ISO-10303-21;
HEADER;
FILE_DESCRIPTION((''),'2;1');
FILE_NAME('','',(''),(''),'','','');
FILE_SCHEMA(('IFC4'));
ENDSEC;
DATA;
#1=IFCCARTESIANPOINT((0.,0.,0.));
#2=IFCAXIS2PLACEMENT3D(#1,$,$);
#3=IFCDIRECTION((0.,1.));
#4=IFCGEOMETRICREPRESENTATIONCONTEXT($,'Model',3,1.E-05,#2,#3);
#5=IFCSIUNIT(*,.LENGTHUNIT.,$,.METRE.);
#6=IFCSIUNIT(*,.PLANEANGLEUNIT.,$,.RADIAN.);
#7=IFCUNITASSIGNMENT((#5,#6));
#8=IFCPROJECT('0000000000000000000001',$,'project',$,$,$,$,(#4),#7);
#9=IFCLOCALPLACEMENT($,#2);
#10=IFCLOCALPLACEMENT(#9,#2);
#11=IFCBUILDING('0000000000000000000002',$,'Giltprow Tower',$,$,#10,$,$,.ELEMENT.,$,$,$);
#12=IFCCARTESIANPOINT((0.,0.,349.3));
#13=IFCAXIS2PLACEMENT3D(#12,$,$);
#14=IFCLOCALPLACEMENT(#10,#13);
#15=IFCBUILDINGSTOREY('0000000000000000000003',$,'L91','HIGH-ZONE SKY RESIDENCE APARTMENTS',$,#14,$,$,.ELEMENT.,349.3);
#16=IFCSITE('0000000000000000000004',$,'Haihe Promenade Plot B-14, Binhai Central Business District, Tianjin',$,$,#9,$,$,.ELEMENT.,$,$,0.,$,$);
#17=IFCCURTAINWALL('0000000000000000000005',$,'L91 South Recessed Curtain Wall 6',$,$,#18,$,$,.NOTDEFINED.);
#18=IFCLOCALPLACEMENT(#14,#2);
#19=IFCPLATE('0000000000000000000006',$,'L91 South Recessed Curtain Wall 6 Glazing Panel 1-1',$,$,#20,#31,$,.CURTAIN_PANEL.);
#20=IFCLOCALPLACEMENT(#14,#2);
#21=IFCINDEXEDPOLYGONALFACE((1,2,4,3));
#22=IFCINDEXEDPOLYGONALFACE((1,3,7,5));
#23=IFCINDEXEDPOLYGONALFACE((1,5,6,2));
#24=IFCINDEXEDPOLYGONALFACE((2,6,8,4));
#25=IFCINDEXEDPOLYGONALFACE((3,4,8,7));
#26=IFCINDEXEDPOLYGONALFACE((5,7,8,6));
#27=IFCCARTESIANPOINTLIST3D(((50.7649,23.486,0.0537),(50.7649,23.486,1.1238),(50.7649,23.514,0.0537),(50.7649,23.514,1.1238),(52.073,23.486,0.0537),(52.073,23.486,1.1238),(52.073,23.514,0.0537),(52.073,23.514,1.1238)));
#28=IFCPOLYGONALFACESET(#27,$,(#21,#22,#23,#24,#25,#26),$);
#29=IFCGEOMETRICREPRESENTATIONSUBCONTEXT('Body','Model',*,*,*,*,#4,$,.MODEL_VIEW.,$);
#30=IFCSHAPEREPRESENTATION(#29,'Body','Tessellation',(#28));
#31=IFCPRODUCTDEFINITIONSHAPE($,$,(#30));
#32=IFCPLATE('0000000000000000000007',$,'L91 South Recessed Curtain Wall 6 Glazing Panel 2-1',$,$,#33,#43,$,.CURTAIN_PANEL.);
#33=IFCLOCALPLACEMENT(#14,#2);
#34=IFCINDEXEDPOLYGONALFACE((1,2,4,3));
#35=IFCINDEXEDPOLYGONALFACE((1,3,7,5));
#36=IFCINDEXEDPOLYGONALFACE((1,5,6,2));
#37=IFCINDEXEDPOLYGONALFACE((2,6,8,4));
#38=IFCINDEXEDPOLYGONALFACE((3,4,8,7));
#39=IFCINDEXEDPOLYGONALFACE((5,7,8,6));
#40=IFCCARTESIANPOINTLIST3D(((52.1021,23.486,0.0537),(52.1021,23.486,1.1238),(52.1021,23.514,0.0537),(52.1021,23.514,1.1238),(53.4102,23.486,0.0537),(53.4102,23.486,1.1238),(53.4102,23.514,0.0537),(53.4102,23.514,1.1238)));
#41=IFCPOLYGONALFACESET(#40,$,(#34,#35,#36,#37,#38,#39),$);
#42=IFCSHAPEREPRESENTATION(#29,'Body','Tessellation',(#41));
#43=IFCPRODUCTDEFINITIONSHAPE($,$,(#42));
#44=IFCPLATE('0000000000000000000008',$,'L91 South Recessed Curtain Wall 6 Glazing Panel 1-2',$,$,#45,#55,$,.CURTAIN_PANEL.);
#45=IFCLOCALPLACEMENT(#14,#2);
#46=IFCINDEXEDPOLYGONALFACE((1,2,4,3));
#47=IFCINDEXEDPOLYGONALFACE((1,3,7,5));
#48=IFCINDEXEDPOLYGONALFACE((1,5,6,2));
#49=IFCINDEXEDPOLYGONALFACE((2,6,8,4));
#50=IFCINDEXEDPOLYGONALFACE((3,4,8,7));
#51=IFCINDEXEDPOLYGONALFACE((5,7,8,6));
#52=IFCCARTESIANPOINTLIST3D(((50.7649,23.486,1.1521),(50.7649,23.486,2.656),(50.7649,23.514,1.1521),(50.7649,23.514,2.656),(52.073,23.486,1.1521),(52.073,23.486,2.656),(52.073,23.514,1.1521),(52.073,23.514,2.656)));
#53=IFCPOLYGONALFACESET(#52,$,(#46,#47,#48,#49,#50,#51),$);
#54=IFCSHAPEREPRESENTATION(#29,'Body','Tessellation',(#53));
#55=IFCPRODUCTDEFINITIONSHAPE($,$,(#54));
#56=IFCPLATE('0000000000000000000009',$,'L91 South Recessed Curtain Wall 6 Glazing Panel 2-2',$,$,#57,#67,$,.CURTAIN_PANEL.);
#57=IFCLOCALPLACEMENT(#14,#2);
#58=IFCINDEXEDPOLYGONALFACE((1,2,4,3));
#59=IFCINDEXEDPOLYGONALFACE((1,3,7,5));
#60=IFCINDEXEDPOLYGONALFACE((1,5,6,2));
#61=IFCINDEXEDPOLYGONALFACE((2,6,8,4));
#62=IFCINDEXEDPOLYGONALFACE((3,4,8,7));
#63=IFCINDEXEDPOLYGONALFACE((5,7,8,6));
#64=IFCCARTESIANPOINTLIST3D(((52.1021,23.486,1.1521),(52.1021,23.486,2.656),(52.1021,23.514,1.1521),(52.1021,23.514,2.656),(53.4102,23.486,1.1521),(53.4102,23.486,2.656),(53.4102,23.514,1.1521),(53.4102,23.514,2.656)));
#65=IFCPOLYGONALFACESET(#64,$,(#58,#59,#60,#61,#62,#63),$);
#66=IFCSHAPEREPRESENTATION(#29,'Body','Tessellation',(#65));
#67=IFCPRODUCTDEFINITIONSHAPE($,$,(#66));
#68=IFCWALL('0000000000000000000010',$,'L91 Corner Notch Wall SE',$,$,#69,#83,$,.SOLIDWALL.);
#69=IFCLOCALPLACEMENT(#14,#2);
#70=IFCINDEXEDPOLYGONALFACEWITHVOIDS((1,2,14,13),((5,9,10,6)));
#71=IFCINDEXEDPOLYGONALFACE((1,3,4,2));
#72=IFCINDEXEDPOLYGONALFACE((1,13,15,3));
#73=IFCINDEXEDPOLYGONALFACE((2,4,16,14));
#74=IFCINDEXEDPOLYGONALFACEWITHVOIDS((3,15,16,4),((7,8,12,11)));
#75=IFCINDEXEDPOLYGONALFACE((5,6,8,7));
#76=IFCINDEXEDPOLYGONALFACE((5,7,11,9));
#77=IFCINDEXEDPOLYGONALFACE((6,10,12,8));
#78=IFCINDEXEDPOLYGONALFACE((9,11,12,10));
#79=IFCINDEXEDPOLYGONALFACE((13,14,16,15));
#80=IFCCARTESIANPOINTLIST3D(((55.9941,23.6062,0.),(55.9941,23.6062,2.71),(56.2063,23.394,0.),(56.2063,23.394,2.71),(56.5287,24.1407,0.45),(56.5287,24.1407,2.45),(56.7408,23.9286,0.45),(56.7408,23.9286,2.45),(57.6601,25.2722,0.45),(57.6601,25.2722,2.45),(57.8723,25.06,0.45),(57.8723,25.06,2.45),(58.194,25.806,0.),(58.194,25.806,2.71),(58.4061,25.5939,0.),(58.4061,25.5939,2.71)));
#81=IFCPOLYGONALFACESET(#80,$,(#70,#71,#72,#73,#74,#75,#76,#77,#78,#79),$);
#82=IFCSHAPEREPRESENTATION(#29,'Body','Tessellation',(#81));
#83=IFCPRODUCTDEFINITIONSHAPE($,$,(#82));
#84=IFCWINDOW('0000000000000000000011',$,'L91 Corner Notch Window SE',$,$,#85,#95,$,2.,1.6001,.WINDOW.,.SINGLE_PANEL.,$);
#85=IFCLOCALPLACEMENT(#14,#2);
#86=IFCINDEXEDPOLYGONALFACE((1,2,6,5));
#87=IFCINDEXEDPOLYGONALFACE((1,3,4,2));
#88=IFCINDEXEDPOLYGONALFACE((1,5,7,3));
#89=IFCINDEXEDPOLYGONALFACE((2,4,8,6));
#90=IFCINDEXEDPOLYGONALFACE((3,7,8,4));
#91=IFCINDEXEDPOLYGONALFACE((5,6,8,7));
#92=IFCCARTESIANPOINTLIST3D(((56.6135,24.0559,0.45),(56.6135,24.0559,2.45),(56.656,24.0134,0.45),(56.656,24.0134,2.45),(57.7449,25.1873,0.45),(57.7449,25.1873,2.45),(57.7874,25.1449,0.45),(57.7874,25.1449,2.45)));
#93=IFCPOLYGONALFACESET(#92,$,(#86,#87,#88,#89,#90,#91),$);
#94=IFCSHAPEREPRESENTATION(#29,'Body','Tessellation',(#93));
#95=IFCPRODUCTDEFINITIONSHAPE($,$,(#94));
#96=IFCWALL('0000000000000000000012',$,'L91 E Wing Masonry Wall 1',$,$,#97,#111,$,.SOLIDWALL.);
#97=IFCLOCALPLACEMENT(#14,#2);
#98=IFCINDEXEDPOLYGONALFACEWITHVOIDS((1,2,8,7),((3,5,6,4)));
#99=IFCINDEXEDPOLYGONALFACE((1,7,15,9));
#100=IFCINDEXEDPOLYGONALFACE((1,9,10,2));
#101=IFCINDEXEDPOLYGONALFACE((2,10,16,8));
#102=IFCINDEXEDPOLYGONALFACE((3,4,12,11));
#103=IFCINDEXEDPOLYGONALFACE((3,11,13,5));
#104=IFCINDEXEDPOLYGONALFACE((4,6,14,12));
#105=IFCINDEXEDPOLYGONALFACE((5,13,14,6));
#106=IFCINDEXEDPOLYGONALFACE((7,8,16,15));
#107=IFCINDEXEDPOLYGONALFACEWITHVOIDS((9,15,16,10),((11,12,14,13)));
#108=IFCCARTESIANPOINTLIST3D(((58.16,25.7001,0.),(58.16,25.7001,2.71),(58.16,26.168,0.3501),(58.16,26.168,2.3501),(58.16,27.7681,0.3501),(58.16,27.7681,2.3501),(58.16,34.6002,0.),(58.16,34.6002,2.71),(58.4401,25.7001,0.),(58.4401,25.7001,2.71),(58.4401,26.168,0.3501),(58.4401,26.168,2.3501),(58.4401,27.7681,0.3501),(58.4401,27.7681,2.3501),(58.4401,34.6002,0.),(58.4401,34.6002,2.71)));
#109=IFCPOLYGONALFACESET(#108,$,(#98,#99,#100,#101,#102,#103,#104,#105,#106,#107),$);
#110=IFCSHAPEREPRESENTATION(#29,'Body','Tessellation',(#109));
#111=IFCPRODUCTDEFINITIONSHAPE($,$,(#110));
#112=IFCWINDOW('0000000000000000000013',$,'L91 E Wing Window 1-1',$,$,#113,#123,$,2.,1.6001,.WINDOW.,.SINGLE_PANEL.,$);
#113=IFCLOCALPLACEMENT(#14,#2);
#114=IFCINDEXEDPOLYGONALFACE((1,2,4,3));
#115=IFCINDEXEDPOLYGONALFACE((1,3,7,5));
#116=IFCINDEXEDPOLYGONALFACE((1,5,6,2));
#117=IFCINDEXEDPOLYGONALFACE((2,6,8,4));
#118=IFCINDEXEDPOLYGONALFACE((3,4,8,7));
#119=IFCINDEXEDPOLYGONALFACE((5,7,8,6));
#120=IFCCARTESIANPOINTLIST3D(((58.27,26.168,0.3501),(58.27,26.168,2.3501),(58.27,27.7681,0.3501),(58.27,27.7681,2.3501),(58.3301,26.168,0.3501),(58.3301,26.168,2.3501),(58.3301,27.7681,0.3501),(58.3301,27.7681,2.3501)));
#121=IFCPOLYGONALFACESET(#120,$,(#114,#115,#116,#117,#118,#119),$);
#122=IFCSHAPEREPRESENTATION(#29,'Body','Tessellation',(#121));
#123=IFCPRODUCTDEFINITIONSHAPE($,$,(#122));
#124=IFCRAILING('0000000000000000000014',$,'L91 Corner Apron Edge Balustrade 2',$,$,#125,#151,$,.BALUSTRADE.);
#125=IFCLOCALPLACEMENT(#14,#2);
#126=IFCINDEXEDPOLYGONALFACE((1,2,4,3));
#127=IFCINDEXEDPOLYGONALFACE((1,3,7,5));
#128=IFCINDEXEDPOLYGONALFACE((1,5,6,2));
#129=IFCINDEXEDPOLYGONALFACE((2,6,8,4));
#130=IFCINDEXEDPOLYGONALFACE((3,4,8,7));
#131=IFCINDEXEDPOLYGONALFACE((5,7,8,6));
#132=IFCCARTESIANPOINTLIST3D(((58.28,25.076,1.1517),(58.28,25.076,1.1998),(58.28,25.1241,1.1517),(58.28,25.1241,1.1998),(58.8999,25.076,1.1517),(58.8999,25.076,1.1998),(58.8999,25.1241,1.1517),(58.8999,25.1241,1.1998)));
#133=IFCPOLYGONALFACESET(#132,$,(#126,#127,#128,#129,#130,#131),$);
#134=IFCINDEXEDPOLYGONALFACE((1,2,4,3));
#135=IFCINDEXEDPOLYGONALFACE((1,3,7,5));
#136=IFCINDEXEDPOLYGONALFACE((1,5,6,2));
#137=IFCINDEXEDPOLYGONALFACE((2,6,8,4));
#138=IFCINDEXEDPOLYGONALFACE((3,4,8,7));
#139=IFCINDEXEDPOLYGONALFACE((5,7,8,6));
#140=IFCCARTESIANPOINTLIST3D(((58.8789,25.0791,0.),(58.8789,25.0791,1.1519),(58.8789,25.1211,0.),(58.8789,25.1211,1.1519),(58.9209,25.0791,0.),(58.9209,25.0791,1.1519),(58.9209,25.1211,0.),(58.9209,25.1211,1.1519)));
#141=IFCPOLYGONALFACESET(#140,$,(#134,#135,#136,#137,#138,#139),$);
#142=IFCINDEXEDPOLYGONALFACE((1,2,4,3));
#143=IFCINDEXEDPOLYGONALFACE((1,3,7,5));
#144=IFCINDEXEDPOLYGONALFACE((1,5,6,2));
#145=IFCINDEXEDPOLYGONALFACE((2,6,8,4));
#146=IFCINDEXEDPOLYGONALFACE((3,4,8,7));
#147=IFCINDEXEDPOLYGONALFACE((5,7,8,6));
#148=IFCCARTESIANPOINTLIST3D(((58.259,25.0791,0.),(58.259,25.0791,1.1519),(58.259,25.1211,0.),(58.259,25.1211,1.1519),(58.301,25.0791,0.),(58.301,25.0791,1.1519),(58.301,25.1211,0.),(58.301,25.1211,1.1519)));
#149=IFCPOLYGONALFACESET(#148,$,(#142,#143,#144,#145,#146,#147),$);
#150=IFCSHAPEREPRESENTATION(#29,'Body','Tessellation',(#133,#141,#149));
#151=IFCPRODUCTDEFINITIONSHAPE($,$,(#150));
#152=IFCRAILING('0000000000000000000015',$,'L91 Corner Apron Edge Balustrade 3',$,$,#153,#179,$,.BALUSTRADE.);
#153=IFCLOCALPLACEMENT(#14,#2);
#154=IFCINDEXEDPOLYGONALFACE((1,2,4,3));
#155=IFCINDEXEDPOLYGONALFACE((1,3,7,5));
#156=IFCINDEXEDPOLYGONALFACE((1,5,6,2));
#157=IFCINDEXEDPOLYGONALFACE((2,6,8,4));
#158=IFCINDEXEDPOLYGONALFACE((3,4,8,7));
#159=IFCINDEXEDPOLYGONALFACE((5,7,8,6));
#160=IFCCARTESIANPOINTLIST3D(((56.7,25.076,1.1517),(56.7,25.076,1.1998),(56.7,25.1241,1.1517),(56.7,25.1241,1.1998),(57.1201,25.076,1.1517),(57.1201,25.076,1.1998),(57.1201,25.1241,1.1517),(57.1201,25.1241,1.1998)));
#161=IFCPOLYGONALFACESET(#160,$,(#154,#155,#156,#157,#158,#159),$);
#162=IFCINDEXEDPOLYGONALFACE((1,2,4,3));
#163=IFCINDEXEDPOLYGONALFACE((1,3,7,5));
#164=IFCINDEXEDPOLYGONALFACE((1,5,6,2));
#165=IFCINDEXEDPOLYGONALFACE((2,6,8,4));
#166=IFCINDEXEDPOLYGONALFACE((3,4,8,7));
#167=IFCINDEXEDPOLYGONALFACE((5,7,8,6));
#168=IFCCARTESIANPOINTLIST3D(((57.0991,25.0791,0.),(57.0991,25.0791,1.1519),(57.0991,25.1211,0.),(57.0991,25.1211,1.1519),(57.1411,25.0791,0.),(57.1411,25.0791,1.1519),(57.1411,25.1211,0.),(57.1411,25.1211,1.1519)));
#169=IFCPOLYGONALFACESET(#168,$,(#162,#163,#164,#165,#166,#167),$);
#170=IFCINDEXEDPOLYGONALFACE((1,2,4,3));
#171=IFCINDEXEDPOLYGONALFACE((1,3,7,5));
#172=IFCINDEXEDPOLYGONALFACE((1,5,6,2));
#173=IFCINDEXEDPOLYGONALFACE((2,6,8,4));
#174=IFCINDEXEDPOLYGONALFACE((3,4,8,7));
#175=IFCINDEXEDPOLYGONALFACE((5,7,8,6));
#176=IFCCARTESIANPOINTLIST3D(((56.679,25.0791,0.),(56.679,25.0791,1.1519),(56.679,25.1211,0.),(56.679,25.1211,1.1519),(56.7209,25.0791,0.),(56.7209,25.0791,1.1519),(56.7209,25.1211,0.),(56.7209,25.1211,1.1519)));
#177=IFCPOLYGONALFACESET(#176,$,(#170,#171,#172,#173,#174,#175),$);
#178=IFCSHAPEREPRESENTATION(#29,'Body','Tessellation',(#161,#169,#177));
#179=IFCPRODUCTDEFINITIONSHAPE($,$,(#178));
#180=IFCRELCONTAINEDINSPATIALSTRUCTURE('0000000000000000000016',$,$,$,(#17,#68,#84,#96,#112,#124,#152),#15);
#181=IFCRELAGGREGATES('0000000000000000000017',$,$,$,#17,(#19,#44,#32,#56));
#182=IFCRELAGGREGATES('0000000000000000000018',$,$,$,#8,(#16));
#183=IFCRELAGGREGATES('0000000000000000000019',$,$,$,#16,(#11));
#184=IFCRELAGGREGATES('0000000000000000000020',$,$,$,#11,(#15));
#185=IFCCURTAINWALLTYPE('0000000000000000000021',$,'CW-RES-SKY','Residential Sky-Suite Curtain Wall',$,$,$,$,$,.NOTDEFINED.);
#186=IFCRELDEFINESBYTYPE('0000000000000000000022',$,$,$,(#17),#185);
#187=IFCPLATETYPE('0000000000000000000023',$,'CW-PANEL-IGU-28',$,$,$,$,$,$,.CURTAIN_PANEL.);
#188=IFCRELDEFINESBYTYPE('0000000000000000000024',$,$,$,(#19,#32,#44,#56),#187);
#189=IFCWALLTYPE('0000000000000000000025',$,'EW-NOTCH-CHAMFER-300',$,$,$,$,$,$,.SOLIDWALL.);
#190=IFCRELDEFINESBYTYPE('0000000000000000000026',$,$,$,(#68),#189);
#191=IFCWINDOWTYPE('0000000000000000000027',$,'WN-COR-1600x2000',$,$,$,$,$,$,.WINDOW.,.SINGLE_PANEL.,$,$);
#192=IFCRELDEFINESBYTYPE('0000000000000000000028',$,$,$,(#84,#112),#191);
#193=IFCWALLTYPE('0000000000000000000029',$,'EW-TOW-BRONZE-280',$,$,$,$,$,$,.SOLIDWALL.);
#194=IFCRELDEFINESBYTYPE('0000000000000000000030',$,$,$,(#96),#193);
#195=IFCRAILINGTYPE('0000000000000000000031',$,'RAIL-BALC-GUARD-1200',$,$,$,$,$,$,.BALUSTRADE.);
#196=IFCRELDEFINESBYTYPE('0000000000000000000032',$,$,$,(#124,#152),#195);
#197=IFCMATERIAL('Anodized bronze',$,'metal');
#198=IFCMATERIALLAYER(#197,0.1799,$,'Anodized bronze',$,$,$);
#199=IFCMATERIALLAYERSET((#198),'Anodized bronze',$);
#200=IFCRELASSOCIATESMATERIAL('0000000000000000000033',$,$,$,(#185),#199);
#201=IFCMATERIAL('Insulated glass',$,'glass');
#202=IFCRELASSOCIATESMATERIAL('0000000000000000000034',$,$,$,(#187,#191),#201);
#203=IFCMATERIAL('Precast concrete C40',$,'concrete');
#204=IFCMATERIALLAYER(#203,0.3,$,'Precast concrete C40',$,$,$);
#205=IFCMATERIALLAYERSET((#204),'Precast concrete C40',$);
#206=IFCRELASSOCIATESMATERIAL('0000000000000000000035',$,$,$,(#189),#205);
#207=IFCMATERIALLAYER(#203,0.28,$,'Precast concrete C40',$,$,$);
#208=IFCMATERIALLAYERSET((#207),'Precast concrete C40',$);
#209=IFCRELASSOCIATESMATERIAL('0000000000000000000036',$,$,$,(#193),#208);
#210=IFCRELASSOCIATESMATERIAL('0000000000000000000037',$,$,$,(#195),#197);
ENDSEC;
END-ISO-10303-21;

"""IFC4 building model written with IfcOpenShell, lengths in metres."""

from ifc_helpers import new_model, si_unit, direction, frame, frame_2d, origin, origin_2d, place, context, subcontext, project, spatial, rectangle, extrude, source, transform, mapped, material, layer, layer_set, type_object, element, fill, aggregate, save


model = new_model("IFC4")

# Units and contexts
model_context = context("Model", 3, precision=1e-05, world=origin(), true_north=direction((0.0, 1.0)))
body_context = subcontext(model_context, "Body", "Model", "MODEL_VIEW")
ifc_project = project(units=[si_unit("LENGTHUNIT", "METRE"), si_unit("PLANEANGLEUNIT", "RADIAN")], contexts=[model_context])

# Site, building, storey
site_placement = place(None, origin())
site = spatial("IfcSite", under=ifc_project, at=site_placement, Name="Haihe Promenade Plot B-14, Binhai Central Business District, Tianjin", CompositionType="ELEMENT", RefElevation=0.0)
building_placement = place(site_placement, origin())
building = spatial("IfcBuilding", under=site, at=building_placement, Name="Giltprow Tower", CompositionType="ELEMENT")
storey_placement = place(building_placement, frame((0.0, 0.0, 349.3)))
storey = spatial("IfcBuildingStorey", under=building, at=storey_placement, Name="L91", Description="HIGH-ZONE SKY RESIDENCE APARTMENTS", CompositionType="ELEMENT", Elevation=349.3)

# Curtain wall, plates
ifc_material_1 = material(Name="Anodized bronze", Category="metal")
ifc_layer_1 = layer(ifc_material_1, 0.1799, Name="Anodized bronze")
ifc_layer_set_1 = layer_set([ifc_layer_1], Name="Anodized bronze")
curtain_wall_type = type_object("IfcCurtainWallType", Name="CW-RES-SKY", Description="Residential Sky-Suite Curtain Wall", PredefinedType="NOTDEFINED", material=ifc_layer_set_1)
curtain_wall_placement = place(storey_placement, origin())
curtain_wall = element("IfcCurtainWall", 1, at=curtain_wall_placement, inside=storey, type_object=curtain_wall_type, Name="L91 South Recessed Curtain Wall 6", PredefinedType="NOTDEFINED")
ifc_material_2 = material(Name="Insulated glass", Category="glass")
plate_type = type_object("IfcPlateType", Name="CW-PANEL-IGU-28", PredefinedType="CURTAIN_PANEL", material=ifc_material_2)
shared_shape_1 = source(origin(), body_context, "Body", "SweptSolid", [
    extrude(rectangle(XDim=1.3081, YDim=0.0281, at=origin_2d()), origin(), (0.0, 0.0, 1.0), 1.0701),
])
plate_1_placement = place(storey_placement, frame((51.4189, 23.5, 0.0537), z_axis=(0.0, 0.0, 1.0), x_axis=(1.0, 0.0, 0.0)))
plate_1 = element("IfcPlate", 2, at=plate_1_placement, type_object=plate_type, Name="L91 South Recessed Curtain Wall 6 Glazing Panel 1-1", PredefinedType="CURTAIN_PANEL", context=body_context, shape_type="MappedRepresentation", body=[
    mapped(shared_shape_1, transform((0.0, 0.0, 0.0), x_axis=(1.0, 0.0, 0.0), y_axis=(0.0, 1.0, 0.0), z_axis=(0.0, 0.0, 1.0), scale=1.0)),
])
plate_2_placement = place(storey_placement, frame((52.7561, 23.5, 0.0537), z_axis=(0.0, 0.0, 1.0), x_axis=(1.0, 0.0, 0.0)))
plate_2 = element("IfcPlate", 3, at=plate_2_placement, type_object=plate_type, Name="L91 South Recessed Curtain Wall 6 Glazing Panel 2-1", PredefinedType="CURTAIN_PANEL", context=body_context, shape_type="MappedRepresentation", body=[
    mapped(shared_shape_1, transform((0.0, 0.0, 0.0), x_axis=(1.0, 0.0, 0.0), y_axis=(0.0, 1.0, 0.0), z_axis=(0.0, 0.0, 1.0), scale=1.0)),
])
shared_shape_2 = source(origin(), body_context, "Body", "SweptSolid", [
    extrude(rectangle(XDim=1.3081, YDim=0.0281, at=origin_2d()), origin(), (0.0, 0.0, 1.0), 1.5039),
])
plate_3_placement = place(storey_placement, frame((51.4189, 23.5, 1.1521), z_axis=(0.0, 0.0, 1.0), x_axis=(1.0, 0.0, 0.0)))
plate_3 = element("IfcPlate", 4, at=plate_3_placement, type_object=plate_type, Name="L91 South Recessed Curtain Wall 6 Glazing Panel 1-2", PredefinedType="CURTAIN_PANEL", context=body_context, shape_type="MappedRepresentation", body=[
    mapped(shared_shape_2, transform((0.0, 0.0, 0.0), x_axis=(1.0, 0.0, 0.0), y_axis=(0.0, 1.0, 0.0), z_axis=(0.0, 0.0, 1.0), scale=1.0)),
])
plate_4_placement = place(storey_placement, frame((52.7561, 23.5, 1.1521), z_axis=(0.0, 0.0, 1.0), x_axis=(1.0, 0.0, 0.0)))
plate_4 = element("IfcPlate", 5, at=plate_4_placement, type_object=plate_type, Name="L91 South Recessed Curtain Wall 6 Glazing Panel 2-2", PredefinedType="CURTAIN_PANEL", context=body_context, shape_type="MappedRepresentation", body=[
    mapped(shared_shape_2, transform((0.0, 0.0, 0.0), x_axis=(1.0, 0.0, 0.0), y_axis=(0.0, 1.0, 0.0), z_axis=(0.0, 0.0, 1.0), scale=1.0)),
])
aggregate(curtain_wall, [plate_1, plate_3, plate_2, plate_4])

# Walls, openings, windows
ifc_material_3 = material(Name="Precast concrete C40", Category="concrete")
ifc_layer_2 = layer(ifc_material_3, 0.3, Name="Precast concrete C40")
ifc_layer_set_2 = layer_set([ifc_layer_2], Name="Precast concrete C40")
wall_type_1 = type_object("IfcWallType", Name="EW-NOTCH-CHAMFER-300", PredefinedType="SOLIDWALL", material=ifc_layer_set_2)
wall_1_placement = place(storey_placement, frame((56.1001, 23.5, 0.0), z_axis=(0.0, 0.0, 1.0), x_axis=(0.707107, 0.707107, 0.0)))
wall_1 = element("IfcWall", 6, at=wall_1_placement, inside=storey, type_object=wall_type_1, Name="L91 Corner Notch Wall SE", PredefinedType="SOLIDWALL", context=body_context, shape_type="SweptSolid", body=[
    extrude(rectangle(XDim=3.1111, YDim=0.3, at=frame_2d((1.5557, 0.0))), origin(), (0.0, 0.0, 1.0), 2.71),
])
opening_1_placement = place(wall_1_placement, frame((0.7561, 0.0, 0.45)))
opening_1 = element("IfcOpeningElement", 7, at=opening_1_placement, cuts=wall_1, PredefinedType="OPENING", context=body_context, shape_type="SweptSolid", body=[
    extrude(rectangle(XDim=1.6001, YDim=2.0, at=frame_2d((0.8, 1.0))), frame((0.0, 0.1599, 0.0), z_axis=(0.0, -1.0, 0.0), x_axis=(1.0, 0.0, 0.0)), (0.0, 0.0, 1.0), 0.3201),
])
window_type = type_object("IfcWindowType", Name="WN-COR-1600x2000", PartitioningType="SINGLE_PANEL", PredefinedType="WINDOW", material=ifc_material_2)
shared_shape_3 = source(origin(), body_context, "Body", "SweptSolid", [
    extrude(rectangle(XDim=1.6001, YDim=2.0, at=frame_2d((0.8, 1.0))), frame((0.0, 0.03, 0.0), z_axis=(0.0, -1.0, 0.0), x_axis=(1.0, 0.0, 0.0)), (0.0, 0.0, 1.0), 0.0601),
])
window_1_placement = place(opening_1_placement, origin())
window_1 = element("IfcWindow", 8, at=window_1_placement, inside=storey, type_object=window_type, Name="L91 Corner Notch Window SE", OverallHeight=2.0, OverallWidth=1.6001, PartitioningType="SINGLE_PANEL", PredefinedType="WINDOW", context=body_context, shape_type="MappedRepresentation", body=[
    mapped(shared_shape_3, transform((0.0, 0.0, 0.0), x_axis=(1.0, 0.0, 0.0), y_axis=(0.0, 1.0, 0.0), z_axis=(0.0, 0.0, 1.0), scale=1.0)),
])
fill(opening_1, window_1)
ifc_layer_3 = layer(ifc_material_3, 0.28, Name="Precast concrete C40")
ifc_layer_set_3 = layer_set([ifc_layer_3], Name="Precast concrete C40")
wall_type_2 = type_object("IfcWallType", Name="EW-TOW-BRONZE-280", PredefinedType="SOLIDWALL", material=ifc_layer_set_3)
wall_2_placement = place(storey_placement, frame((58.3, 25.7, 0.0), z_axis=(0.0, 0.0, 1.0), x_axis=(0.0, 1.0, 0.0)))
wall_2 = element("IfcWall", 9, at=wall_2_placement, inside=storey, type_object=wall_type_2, Name="L91 E Wing Masonry Wall 1", PredefinedType="SOLIDWALL", context=body_context, shape_type="SweptSolid", body=[
    extrude(rectangle(XDim=8.9001, YDim=0.28, at=frame_2d((4.4502, 0.0))), origin(), (0.0, 0.0, 1.0), 2.71),
])
opening_2_placement = place(wall_2_placement, frame((0.468, 0.0, 0.3501)))
opening_2 = element("IfcOpeningElement", 10, at=opening_2_placement, cuts=wall_2, PredefinedType="OPENING", context=body_context, shape_type="SweptSolid", body=[
    extrude(rectangle(XDim=1.6001, YDim=2.0, at=frame_2d((0.8, 1.0))), frame((0.0, 0.1499, 0.0), z_axis=(0.0, -1.0, 0.0), x_axis=(1.0, 0.0, 0.0)), (0.0, 0.0, 1.0), 0.3),
])
window_2_placement = place(opening_2_placement, origin())
window_2 = element("IfcWindow", 11, at=window_2_placement, inside=storey, type_object=window_type, Name="L91 E Wing Window 1-1", OverallHeight=2.0, OverallWidth=1.6001, PartitioningType="SINGLE_PANEL", PredefinedType="WINDOW", context=body_context, shape_type="MappedRepresentation", body=[
    mapped(shared_shape_3, transform((0.0, 0.0, 0.0), x_axis=(1.0, 0.0, 0.0), y_axis=(0.0, 1.0, 0.0), z_axis=(0.0, 0.0, 1.0), scale=1.0)),
])
fill(opening_2, window_2)

# Railings
railing_type = type_object("IfcRailingType", Name="RAIL-BALC-GUARD-1200", PredefinedType="BALUSTRADE", material=ifc_material_1)
railing_1_placement = place(storey_placement, frame((58.8999, 25.1001, 0.0)))
element("IfcRailing", 12, at=railing_1_placement, inside=storey, type_object=railing_type, Name="L91 Corner Apron Edge Balustrade 2", PredefinedType="BALUSTRADE", context=body_context, shape_type="SweptSolid", body=[
    extrude(rectangle(XDim=0.0481, YDim=0.0481, at=origin_2d()), frame((0.0, 0.0, 1.1758), z_axis=(-1.0, 0.0, 0.0), x_axis=(0.0, -1.0, 0.0)), (0.0, 0.0, 1.0), 0.6199),
    extrude(rectangle(XDim=0.042, YDim=0.042, at=origin_2d()), origin(), (0.0, 0.0, 1.0), 1.1519),
    extrude(rectangle(XDim=0.042, YDim=0.042, at=origin_2d()), frame((-0.6199, 0.0, 0.0)), (0.0, 0.0, 1.0), 1.1519),
])
railing_2_placement = place(storey_placement, frame((57.1201, 25.1001, 0.0)))
element("IfcRailing", 13, at=railing_2_placement, inside=storey, type_object=railing_type, Name="L91 Corner Apron Edge Balustrade 3", PredefinedType="BALUSTRADE", context=body_context, shape_type="SweptSolid", body=[
    extrude(rectangle(XDim=0.0481, YDim=0.0481, at=origin_2d()), frame((0.0, 0.0, 1.1758), z_axis=(-1.0, 0.0, 0.0), x_axis=(0.0, -1.0, 0.0)), (0.0, 0.0, 1.0), 0.4202),
    extrude(rectangle(XDim=0.042, YDim=0.042, at=origin_2d()), origin(), (0.0, 0.0, 1.0), 1.1519),
    extrude(rectangle(XDim=0.042, YDim=0.042, at=origin_2d()), frame((-0.4202, 0.0, 0.0)), (0.0, 0.0, 1.0), 1.1519),
])

save(model, "model.ifc")
